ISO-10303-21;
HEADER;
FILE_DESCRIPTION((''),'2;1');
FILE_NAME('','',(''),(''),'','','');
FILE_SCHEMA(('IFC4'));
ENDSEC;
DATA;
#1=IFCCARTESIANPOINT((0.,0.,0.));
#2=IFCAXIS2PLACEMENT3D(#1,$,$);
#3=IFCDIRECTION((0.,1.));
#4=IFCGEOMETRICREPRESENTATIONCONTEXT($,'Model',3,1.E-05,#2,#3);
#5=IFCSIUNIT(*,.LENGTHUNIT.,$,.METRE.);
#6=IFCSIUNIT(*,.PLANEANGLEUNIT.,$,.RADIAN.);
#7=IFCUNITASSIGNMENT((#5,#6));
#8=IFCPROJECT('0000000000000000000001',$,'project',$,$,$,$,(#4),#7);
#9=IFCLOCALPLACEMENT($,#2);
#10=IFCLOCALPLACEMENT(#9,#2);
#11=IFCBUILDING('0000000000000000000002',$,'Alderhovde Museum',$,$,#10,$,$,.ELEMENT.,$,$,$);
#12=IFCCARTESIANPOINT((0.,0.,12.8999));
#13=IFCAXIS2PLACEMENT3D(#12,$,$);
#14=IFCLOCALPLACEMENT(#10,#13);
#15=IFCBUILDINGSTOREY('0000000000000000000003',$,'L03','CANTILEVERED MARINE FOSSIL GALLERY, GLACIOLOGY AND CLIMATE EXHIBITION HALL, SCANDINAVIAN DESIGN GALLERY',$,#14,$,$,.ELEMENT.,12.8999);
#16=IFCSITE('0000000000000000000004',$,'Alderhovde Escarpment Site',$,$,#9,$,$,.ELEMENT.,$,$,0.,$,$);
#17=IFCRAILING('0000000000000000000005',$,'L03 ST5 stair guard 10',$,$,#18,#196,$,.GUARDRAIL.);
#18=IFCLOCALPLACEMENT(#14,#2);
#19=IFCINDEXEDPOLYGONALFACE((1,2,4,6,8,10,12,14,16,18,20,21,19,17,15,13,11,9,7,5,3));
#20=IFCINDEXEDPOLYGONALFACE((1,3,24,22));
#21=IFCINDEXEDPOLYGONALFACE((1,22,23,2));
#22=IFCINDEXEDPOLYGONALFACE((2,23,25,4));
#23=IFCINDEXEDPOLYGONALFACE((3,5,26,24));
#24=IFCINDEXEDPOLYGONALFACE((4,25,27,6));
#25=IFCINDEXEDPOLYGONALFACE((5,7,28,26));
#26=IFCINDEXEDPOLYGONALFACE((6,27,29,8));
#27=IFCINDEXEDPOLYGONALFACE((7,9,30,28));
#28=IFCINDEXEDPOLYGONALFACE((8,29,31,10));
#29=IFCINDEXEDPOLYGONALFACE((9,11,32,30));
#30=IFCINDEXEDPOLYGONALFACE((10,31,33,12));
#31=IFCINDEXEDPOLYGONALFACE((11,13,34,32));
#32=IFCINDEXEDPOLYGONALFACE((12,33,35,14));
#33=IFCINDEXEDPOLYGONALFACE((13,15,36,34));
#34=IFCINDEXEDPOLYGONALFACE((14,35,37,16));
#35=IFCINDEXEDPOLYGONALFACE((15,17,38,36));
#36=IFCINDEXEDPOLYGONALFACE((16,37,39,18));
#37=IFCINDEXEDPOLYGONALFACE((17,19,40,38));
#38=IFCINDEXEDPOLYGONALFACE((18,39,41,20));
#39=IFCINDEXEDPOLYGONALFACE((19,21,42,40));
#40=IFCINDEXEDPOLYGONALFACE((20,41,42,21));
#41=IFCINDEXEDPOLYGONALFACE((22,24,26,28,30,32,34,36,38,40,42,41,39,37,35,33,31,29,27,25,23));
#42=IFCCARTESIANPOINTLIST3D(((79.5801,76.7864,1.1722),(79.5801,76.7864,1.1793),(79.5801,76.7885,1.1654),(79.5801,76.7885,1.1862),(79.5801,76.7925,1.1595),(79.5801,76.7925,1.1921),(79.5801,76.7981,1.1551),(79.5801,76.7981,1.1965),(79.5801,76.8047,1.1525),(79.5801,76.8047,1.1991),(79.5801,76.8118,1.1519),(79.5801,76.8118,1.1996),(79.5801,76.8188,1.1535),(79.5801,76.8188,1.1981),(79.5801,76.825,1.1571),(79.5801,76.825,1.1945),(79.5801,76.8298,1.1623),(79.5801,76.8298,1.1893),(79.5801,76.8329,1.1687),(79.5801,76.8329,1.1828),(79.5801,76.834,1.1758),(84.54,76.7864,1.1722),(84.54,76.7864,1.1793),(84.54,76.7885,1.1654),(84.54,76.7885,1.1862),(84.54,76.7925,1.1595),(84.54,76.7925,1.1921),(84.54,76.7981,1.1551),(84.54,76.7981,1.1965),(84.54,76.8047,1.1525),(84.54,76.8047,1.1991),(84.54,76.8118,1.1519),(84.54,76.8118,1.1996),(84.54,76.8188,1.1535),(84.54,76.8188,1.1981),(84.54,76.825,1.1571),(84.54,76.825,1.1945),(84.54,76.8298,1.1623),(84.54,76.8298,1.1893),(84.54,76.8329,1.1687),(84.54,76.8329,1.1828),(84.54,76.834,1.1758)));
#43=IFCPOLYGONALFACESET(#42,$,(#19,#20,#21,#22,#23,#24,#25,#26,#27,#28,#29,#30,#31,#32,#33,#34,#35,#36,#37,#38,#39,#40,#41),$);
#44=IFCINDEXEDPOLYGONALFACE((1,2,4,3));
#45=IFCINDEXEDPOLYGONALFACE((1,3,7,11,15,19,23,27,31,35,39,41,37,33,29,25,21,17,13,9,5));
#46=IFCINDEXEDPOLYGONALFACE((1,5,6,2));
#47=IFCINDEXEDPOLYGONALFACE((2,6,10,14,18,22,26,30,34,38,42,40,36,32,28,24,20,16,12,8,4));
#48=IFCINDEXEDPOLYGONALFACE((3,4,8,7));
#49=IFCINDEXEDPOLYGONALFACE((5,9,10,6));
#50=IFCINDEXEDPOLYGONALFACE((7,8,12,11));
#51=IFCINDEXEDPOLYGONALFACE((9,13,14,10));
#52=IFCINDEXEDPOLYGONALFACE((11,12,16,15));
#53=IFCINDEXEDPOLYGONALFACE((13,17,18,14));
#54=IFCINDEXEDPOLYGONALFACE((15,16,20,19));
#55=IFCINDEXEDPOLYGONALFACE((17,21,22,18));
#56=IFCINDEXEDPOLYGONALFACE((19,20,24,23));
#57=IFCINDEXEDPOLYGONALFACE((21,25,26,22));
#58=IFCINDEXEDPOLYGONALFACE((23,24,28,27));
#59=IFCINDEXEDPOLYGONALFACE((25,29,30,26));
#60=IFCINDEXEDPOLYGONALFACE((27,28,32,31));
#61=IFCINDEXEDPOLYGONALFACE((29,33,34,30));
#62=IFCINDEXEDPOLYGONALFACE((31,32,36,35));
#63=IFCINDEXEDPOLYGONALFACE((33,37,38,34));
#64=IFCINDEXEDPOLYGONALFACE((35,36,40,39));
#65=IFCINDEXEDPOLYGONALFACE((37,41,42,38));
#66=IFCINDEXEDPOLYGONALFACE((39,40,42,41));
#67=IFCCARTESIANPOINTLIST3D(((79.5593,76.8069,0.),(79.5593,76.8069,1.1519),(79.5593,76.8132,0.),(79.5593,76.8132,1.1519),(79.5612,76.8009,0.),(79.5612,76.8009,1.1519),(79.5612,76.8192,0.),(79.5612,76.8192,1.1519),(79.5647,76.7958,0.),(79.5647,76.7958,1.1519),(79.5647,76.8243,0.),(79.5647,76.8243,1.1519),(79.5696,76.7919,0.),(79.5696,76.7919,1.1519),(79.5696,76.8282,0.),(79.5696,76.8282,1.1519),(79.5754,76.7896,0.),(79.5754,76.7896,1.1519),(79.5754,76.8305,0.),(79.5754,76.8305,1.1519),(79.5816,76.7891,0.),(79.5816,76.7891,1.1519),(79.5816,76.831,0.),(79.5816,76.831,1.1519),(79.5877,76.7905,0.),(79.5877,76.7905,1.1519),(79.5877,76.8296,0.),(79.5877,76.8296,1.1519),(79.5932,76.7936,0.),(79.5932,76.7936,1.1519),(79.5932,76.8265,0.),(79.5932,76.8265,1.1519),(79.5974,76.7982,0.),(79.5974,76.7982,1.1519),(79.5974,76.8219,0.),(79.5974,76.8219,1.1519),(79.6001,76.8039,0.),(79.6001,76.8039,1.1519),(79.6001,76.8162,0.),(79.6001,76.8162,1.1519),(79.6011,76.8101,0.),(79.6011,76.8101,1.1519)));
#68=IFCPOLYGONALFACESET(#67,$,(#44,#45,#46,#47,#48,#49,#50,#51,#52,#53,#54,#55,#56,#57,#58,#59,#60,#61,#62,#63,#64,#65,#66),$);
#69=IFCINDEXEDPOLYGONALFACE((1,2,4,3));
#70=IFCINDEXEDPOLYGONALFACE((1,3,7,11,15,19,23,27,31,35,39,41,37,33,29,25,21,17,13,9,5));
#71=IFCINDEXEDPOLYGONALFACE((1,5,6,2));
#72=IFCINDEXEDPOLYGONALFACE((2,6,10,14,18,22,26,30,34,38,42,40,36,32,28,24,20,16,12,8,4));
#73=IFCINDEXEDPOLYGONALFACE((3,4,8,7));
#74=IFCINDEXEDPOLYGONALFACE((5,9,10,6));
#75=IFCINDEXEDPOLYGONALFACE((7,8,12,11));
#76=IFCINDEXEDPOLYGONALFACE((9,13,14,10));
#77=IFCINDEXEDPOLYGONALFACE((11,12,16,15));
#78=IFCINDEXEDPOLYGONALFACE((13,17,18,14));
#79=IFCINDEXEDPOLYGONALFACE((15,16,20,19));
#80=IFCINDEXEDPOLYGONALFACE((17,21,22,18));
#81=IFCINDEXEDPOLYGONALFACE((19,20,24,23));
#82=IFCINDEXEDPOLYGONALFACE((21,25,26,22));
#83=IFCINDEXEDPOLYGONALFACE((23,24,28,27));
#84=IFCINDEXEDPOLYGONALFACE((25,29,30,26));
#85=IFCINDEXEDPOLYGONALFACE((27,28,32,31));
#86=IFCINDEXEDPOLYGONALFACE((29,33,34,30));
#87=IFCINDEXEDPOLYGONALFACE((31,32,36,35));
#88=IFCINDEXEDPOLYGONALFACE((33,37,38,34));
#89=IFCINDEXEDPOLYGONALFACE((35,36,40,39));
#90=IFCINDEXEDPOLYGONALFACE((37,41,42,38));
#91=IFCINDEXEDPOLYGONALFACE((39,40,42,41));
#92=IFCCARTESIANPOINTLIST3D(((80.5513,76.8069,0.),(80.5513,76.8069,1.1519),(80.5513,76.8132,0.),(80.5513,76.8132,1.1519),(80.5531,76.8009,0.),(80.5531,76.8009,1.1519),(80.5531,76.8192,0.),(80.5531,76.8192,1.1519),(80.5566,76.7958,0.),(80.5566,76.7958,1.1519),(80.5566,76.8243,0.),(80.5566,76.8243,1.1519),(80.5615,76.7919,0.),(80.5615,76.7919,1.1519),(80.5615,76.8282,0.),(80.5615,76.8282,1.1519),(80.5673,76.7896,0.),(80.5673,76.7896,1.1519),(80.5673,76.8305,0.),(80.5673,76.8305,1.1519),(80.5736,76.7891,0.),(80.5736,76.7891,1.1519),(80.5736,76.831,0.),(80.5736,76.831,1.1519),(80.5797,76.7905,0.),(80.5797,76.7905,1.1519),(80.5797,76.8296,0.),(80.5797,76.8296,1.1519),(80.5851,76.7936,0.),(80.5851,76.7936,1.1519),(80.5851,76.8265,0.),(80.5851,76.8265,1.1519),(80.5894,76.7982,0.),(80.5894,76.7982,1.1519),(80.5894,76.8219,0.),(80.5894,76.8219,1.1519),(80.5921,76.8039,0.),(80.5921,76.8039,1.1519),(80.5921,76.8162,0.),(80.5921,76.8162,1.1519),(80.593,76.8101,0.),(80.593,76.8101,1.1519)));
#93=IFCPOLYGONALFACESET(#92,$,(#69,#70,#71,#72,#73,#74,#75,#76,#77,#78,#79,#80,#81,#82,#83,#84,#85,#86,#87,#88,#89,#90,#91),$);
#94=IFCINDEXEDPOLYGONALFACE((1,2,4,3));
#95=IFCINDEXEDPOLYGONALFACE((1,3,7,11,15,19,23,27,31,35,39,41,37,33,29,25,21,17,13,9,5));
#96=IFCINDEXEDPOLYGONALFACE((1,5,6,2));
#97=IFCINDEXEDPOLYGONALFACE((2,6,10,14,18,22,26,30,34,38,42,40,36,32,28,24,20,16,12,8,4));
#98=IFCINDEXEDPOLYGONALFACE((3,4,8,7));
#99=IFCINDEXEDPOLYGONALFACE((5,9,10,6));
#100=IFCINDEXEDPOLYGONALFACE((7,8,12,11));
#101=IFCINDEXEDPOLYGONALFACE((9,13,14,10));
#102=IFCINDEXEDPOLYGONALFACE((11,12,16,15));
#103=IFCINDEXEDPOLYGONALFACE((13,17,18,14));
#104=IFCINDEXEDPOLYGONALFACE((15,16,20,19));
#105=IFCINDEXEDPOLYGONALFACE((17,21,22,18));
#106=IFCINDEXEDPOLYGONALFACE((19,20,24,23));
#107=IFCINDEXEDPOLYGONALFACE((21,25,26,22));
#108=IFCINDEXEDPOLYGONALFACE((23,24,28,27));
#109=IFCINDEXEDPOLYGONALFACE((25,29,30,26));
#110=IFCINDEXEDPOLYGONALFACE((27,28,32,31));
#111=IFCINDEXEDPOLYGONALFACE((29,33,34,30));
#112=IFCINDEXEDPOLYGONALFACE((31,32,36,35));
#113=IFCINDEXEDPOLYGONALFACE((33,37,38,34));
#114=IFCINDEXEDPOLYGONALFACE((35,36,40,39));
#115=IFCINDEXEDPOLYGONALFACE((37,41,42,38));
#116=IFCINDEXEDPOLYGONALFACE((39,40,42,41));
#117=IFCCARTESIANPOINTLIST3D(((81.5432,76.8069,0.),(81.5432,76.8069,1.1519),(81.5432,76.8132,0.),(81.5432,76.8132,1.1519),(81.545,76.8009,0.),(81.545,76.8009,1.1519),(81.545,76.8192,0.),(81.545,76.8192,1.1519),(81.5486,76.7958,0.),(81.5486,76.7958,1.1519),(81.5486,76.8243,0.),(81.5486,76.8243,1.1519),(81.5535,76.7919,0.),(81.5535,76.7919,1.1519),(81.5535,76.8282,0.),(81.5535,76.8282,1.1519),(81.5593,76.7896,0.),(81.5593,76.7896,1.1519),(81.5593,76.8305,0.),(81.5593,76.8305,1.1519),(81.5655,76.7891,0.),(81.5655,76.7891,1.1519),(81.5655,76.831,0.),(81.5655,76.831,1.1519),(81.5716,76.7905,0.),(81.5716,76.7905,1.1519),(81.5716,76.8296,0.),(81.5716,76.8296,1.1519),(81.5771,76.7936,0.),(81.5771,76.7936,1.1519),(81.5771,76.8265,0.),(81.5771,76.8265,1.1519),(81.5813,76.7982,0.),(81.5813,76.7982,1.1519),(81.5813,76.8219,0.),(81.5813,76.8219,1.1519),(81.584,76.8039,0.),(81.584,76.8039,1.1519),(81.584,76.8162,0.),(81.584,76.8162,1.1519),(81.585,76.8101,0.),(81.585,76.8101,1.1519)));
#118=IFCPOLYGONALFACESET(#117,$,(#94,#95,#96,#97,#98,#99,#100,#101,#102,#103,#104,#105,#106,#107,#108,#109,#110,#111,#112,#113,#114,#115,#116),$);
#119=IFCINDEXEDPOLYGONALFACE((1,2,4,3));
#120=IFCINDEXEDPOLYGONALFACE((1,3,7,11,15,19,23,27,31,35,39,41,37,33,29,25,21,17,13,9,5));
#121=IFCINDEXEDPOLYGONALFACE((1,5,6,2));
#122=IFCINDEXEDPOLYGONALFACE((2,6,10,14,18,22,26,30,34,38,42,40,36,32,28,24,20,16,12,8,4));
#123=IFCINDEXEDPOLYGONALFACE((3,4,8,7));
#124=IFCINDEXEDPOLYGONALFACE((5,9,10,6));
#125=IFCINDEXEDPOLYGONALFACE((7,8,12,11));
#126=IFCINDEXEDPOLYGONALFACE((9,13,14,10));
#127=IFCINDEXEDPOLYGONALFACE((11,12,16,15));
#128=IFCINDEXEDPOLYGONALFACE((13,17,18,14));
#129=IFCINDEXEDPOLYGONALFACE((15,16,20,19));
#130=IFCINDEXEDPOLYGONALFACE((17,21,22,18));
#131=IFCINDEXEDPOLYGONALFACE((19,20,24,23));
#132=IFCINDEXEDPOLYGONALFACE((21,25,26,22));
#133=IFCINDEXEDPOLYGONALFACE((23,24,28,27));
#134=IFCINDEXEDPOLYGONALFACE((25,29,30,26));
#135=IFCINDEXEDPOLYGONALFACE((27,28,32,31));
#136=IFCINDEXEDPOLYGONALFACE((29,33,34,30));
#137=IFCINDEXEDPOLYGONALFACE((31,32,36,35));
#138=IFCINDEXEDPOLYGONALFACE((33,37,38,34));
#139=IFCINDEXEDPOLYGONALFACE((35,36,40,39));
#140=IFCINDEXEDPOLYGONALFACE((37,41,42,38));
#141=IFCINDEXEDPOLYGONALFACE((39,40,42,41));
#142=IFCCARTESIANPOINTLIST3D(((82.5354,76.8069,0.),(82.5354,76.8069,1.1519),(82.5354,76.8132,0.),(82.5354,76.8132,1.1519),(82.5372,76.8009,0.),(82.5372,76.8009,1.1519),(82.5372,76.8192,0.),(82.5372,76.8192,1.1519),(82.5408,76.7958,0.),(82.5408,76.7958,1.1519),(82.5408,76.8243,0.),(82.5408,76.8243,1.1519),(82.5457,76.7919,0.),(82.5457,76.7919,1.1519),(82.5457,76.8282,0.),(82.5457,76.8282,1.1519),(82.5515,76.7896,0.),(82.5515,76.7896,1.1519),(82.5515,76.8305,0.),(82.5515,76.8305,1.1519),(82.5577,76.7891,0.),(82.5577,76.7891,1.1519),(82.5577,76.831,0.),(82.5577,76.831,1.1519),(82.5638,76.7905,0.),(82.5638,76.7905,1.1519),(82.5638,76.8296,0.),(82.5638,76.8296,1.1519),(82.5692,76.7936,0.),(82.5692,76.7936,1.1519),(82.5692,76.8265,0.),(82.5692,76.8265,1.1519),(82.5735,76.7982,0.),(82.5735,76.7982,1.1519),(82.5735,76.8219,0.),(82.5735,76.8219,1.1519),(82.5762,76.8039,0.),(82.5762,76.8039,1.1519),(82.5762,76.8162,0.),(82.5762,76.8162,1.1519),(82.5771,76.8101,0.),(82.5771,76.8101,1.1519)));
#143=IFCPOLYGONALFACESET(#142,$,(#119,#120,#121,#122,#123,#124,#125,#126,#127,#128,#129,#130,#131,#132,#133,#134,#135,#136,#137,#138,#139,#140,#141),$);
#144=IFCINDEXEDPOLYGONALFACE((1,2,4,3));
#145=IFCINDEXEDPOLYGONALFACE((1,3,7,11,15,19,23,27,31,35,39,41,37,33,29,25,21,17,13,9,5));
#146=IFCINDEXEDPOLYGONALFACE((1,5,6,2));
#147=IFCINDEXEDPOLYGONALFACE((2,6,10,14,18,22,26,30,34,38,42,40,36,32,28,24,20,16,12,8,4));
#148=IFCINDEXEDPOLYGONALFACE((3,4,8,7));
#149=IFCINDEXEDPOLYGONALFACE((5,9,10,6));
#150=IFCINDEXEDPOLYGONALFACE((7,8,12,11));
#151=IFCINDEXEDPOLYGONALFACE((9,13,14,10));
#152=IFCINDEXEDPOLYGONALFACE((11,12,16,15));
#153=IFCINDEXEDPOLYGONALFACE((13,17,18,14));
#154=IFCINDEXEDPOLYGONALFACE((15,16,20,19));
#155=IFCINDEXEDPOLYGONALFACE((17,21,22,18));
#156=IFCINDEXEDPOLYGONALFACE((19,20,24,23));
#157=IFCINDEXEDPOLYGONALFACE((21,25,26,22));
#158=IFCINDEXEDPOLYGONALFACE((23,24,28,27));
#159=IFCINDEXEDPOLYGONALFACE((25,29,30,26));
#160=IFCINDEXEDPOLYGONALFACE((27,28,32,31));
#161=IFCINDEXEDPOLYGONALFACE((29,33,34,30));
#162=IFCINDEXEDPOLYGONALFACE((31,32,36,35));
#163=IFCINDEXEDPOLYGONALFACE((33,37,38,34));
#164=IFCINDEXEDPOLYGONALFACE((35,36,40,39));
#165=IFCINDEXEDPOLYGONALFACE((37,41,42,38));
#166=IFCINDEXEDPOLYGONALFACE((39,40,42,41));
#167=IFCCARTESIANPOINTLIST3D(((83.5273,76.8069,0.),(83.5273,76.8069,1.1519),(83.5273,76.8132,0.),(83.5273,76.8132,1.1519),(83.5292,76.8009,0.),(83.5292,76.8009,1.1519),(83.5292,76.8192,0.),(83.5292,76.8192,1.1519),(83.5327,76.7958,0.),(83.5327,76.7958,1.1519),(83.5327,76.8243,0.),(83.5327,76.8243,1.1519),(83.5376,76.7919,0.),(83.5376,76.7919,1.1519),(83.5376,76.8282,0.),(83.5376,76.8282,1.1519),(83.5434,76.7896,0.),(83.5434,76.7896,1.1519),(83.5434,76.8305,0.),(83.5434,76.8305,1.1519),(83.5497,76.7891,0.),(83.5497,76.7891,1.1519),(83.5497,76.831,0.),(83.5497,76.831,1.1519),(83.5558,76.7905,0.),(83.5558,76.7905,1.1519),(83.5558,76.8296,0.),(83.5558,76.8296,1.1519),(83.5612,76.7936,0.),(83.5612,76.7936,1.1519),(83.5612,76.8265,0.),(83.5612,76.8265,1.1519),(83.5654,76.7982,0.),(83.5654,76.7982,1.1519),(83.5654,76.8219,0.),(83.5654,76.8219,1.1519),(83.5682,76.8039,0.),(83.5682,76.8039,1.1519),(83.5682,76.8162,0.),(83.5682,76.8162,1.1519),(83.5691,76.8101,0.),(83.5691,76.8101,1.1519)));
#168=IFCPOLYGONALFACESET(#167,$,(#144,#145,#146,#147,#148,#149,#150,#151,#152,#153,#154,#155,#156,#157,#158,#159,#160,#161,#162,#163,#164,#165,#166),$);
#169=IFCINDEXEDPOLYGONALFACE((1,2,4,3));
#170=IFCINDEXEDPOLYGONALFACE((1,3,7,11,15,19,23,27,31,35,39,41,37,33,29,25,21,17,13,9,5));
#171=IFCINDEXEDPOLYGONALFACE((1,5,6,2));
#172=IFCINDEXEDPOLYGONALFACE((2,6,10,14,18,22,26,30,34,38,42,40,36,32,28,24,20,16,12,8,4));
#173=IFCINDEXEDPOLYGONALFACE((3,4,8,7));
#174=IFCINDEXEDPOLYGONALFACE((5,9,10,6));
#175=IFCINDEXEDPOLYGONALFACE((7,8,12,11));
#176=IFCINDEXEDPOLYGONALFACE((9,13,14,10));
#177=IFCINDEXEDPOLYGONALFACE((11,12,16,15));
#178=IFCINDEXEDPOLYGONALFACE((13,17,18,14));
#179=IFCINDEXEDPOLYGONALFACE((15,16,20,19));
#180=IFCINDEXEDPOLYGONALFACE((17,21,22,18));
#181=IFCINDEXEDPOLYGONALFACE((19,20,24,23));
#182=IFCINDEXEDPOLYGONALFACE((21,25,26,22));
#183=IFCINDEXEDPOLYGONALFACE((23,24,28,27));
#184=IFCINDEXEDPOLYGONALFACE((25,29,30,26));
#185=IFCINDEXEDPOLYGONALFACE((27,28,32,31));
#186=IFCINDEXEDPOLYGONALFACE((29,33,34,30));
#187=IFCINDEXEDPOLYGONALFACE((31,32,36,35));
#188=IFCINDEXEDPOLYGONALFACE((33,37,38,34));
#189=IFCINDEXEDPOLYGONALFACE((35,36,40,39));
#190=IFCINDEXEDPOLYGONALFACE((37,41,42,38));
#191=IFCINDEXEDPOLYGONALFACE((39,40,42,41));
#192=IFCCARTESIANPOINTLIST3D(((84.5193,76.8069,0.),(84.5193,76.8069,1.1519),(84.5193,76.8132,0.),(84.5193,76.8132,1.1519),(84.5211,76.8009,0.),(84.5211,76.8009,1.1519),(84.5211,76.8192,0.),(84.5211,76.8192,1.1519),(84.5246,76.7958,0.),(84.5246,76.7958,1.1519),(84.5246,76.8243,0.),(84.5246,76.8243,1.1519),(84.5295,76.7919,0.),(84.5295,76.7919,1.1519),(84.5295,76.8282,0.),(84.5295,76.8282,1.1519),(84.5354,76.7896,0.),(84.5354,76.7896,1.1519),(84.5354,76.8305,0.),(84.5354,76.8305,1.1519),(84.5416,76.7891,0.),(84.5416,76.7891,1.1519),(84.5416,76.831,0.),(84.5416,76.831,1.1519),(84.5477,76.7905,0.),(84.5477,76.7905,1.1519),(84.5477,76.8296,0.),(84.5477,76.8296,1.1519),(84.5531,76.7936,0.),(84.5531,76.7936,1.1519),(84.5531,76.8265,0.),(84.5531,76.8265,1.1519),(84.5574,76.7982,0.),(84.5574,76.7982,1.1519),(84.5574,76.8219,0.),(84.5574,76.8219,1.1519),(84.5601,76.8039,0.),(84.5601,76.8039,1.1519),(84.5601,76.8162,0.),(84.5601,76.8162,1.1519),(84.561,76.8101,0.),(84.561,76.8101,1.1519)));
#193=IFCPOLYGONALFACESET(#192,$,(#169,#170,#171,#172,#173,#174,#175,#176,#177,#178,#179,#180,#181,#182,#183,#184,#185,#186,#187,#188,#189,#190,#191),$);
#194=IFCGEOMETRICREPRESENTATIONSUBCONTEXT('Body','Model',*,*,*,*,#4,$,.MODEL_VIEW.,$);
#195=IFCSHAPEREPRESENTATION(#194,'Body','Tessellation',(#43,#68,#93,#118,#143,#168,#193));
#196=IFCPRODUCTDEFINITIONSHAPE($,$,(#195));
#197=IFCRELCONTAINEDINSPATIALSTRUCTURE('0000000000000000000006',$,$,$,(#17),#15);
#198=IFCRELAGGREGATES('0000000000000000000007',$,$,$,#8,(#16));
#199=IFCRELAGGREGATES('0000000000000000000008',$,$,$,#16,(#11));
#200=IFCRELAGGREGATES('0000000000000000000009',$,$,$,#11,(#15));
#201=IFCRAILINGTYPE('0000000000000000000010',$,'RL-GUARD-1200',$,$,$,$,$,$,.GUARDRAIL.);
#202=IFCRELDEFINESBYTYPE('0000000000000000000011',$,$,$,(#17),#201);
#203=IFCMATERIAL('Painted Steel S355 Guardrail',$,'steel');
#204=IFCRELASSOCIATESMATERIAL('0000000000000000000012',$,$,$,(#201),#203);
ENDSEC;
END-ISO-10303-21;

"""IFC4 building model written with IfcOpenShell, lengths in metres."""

from ifc_helpers import new_model, si_unit, direction, frame, origin, origin_2d, place, context, subcontext, project, spatial, circle, extrude, material, type_object, element, save


model = new_model("IFC4")

# Units and contexts
model_context = context("Model", 3, precision=1e-05, world=origin(), true_north=direction((0.0, 1.0)))
body_context = subcontext(model_context, "Body", "Model", "MODEL_VIEW")
ifc_project = project(units=[si_unit("LENGTHUNIT", "METRE"), si_unit("PLANEANGLEUNIT", "RADIAN")], contexts=[model_context])

# Site, building, storey
site_placement = place(None, origin())
site = spatial("IfcSite", under=ifc_project, at=site_placement, Name="Alderhovde Escarpment Site", CompositionType="ELEMENT", RefElevation=0.0)
building_placement = place(site_placement, origin())
building = spatial("IfcBuilding", under=site, at=building_placement, Name="Alderhovde Museum", CompositionType="ELEMENT")
storey_placement = place(building_placement, frame((0.0, 0.0, 12.8999)))
storey = spatial("IfcBuildingStorey", under=building, at=storey_placement, Name="L03", Description="CANTILEVERED MARINE FOSSIL GALLERY, GLACIOLOGY AND CLIMATE EXHIBITION HALL, SCANDINAVIAN DESIGN GALLERY", CompositionType="ELEMENT", Elevation=12.8999)

# Railing
ifc_material_1 = material(Name="Painted Steel S355 Guardrail", Category="steel")
railing_type_1 = type_object("IfcRailingType", Name="RL-GUARD-1200", PredefinedType="GUARDRAIL", material=ifc_material_1)
for number, where, name in (
    (1, (79.5801, 76.8101, 0.0), "L03 ST5 stair guard 10"),
):
    element("IfcRailing", number, at=place(storey_placement, frame(where)), inside=storey, type_object=railing_type_1, Name=name, PredefinedType="GUARDRAIL", context=body_context, shape_type="SweptSolid", body=[
        extrude(circle(Radius=0.0239, at=origin_2d()), frame((0.0, 0.0, 1.1758), z_axis=(1.0, 0.0, 0.0), x_axis=(0.0, 1.0, 0.0)), (0.0, 0.0, 1.0), 4.96),
        extrude(circle(Radius=0.021, at=origin_2d()), origin(), (0.0, 0.0, 1.0), 1.1519),
        extrude(circle(Radius=0.021, at=origin_2d()), frame((0.9919, 0.0, 0.0)), (0.0, 0.0, 1.0), 1.1519),
        extrude(circle(Radius=0.021, at=origin_2d()), frame((1.9839, 0.0, 0.0)), (0.0, 0.0, 1.0), 1.1519),
        extrude(circle(Radius=0.021, at=origin_2d()), frame((2.9761, 0.0, 0.0)), (0.0, 0.0, 1.0), 1.1519),
        extrude(circle(Radius=0.021, at=origin_2d()), frame((3.968, 0.0, 0.0)), (0.0, 0.0, 1.0), 1.1519),
        extrude(circle(Radius=0.021, at=origin_2d()), frame((4.96, 0.0, 0.0)), (0.0, 0.0, 1.0), 1.1519),
    ])

save(model, "model.ifc")
